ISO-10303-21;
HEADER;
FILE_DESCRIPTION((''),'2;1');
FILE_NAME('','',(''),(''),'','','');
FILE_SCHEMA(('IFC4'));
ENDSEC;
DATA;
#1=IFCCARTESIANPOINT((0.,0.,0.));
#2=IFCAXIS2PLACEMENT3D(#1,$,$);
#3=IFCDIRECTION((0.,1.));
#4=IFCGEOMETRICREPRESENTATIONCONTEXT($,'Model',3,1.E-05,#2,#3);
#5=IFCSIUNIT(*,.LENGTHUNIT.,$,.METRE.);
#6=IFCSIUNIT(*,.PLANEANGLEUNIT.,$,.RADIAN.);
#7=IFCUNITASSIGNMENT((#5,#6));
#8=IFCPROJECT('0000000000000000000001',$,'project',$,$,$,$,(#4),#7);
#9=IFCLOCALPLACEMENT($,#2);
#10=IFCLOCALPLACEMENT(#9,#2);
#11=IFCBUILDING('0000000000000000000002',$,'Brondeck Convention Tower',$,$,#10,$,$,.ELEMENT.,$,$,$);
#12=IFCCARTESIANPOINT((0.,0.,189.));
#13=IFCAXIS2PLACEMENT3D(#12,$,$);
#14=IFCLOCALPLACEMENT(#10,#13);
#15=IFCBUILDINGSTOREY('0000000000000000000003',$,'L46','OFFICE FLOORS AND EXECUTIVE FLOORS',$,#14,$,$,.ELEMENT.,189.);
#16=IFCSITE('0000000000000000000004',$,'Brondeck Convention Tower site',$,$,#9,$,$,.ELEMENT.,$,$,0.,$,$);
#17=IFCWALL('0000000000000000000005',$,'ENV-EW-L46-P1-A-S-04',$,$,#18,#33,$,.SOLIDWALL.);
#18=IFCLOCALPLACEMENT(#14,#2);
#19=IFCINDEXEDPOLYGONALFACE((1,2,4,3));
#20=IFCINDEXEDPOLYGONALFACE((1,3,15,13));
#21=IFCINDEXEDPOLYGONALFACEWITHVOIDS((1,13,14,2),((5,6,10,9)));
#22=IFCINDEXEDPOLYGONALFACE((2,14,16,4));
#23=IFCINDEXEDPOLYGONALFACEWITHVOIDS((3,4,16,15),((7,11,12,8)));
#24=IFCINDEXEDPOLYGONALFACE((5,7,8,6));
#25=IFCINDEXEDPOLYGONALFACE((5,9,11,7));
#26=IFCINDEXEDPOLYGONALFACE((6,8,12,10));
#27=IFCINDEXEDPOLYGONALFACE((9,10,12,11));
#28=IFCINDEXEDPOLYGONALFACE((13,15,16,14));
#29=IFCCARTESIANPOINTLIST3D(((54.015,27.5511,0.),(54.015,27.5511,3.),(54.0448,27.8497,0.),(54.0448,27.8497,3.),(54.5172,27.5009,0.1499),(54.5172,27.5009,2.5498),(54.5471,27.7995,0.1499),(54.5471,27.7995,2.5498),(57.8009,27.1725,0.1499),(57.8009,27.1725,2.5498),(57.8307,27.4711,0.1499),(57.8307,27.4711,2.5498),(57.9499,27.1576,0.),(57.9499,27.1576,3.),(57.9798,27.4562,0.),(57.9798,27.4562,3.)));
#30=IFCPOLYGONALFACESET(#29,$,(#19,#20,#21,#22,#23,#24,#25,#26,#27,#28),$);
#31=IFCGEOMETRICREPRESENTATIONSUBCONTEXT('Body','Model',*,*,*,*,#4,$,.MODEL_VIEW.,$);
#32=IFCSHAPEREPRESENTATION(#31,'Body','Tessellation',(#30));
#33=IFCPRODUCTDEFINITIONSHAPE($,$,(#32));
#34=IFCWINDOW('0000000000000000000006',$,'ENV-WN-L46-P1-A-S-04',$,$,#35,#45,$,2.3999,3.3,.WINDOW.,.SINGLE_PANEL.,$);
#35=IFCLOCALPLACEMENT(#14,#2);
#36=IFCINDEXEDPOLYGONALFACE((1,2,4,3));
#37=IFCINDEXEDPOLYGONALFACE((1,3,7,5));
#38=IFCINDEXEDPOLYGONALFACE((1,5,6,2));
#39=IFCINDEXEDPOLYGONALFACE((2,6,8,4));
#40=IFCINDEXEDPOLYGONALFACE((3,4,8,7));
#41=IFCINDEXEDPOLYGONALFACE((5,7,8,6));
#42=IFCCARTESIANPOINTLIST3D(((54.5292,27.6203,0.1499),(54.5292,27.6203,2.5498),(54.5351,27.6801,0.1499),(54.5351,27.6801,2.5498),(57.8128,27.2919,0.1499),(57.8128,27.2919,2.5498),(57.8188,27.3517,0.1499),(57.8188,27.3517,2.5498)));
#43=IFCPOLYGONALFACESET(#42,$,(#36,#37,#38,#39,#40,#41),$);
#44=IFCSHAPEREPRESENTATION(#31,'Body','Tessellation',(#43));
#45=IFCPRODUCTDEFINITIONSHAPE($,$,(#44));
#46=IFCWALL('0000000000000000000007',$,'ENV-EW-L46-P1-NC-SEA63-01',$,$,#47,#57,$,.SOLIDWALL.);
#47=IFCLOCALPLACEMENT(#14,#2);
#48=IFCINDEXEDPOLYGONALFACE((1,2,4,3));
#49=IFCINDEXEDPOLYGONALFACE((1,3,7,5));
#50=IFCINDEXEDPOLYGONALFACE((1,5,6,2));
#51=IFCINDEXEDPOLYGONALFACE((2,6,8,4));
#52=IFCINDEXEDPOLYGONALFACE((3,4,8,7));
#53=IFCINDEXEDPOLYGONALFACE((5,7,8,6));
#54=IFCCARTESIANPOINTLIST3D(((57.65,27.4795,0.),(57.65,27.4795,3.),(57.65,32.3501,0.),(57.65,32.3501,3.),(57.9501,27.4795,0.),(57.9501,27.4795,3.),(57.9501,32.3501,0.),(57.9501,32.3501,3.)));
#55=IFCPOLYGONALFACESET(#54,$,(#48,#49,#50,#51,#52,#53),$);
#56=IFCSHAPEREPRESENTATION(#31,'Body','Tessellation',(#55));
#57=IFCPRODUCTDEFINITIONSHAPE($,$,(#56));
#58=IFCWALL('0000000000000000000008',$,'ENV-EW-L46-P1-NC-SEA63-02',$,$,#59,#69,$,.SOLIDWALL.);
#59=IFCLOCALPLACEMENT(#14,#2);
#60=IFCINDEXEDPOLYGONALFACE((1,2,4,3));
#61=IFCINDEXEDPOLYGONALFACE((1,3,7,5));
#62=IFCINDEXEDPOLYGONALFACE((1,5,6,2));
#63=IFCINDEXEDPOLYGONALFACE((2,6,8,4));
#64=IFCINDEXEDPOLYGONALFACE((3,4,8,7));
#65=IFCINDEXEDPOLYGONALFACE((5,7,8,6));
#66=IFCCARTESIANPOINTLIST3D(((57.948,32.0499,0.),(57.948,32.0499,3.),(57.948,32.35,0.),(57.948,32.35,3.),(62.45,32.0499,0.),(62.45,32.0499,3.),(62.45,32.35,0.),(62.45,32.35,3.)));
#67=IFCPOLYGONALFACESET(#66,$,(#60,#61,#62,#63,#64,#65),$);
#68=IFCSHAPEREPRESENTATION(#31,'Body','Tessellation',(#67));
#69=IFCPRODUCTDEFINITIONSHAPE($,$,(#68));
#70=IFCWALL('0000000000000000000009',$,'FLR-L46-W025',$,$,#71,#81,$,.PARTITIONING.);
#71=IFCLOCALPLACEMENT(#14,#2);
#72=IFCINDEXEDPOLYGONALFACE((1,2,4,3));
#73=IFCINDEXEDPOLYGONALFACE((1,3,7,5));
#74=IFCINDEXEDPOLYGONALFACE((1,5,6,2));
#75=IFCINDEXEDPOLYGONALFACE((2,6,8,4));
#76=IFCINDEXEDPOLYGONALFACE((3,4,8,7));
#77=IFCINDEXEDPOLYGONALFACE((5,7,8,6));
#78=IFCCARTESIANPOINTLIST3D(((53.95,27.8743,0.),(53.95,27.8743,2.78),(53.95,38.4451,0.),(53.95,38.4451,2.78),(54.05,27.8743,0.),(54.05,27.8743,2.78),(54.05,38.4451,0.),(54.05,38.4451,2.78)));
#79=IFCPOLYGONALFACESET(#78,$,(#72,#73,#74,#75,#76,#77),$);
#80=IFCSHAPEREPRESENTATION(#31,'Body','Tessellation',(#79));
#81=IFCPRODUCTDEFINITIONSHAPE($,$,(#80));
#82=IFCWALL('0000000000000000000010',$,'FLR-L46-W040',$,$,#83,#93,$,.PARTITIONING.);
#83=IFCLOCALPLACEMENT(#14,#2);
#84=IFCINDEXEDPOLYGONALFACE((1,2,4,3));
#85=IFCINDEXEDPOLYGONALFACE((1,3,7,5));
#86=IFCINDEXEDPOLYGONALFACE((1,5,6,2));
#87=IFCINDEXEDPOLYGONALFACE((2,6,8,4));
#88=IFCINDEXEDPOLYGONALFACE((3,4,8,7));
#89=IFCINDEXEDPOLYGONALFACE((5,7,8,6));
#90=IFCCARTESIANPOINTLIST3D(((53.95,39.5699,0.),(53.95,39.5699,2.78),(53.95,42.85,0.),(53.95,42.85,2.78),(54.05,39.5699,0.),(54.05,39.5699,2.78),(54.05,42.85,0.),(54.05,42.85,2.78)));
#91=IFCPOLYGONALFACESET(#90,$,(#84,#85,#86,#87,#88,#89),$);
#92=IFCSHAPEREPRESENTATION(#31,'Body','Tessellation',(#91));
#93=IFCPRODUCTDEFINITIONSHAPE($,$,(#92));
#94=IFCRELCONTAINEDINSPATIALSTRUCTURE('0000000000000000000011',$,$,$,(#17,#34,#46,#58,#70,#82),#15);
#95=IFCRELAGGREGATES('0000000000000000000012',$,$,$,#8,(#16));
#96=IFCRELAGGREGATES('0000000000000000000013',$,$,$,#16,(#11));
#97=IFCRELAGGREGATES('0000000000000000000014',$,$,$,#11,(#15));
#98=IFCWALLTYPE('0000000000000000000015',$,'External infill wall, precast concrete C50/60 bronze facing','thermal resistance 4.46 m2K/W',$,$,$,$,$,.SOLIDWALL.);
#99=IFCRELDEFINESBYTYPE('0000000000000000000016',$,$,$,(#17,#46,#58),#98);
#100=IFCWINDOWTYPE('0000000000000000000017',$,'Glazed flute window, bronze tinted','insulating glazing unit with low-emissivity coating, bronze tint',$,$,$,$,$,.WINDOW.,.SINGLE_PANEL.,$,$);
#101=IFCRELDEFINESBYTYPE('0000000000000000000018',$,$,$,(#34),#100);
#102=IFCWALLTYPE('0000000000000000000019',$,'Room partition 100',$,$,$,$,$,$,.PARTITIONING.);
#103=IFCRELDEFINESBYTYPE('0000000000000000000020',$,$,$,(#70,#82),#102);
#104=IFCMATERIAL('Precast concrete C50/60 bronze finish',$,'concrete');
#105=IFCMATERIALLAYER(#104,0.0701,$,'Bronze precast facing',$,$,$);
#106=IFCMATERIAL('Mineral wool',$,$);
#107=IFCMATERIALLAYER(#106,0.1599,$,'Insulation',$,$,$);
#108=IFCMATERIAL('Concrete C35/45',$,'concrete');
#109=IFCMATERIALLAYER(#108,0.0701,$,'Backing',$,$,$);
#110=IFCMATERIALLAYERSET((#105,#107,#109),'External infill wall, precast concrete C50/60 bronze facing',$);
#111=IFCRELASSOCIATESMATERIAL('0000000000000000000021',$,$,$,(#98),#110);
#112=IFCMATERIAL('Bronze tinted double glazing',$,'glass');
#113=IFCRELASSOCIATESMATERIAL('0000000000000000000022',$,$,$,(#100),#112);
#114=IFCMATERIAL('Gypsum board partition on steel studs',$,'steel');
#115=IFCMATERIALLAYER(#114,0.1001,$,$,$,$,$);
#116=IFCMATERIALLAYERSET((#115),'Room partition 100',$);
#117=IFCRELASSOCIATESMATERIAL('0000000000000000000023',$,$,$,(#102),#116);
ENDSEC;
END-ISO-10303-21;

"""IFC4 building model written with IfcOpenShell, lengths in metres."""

from ifc_helpers import new_model, si_unit, direction, frame, frame_2d, origin, place, context, subcontext, project, spatial, rectangle, extrude, material, layer, layer_set, type_object, element, fill, save


model = new_model("IFC4")

# Units and contexts
model_context = context("Model", 3, precision=1e-05, world=origin(), true_north=direction((0.0, 1.0)))
body_context = subcontext(model_context, "Body", "Model", "MODEL_VIEW")
ifc_project = project(units=[si_unit("LENGTHUNIT", "METRE"), si_unit("PLANEANGLEUNIT", "RADIAN")], contexts=[model_context])

# Site, building, storey
site_placement = place(None, origin())
site = spatial("IfcSite", under=ifc_project, at=site_placement, Name="Brondeck Convention Tower site", CompositionType="ELEMENT", RefElevation=0.0)
building_placement = place(site_placement, origin())
building = spatial("IfcBuilding", under=site, at=building_placement, Name="Brondeck Convention Tower", CompositionType="ELEMENT")
storey_placement = place(building_placement, frame((0.0, 0.0, 189.0)))
storey = spatial("IfcBuildingStorey", under=building, at=storey_placement, Name="L46", Description="OFFICE FLOORS AND EXECUTIVE FLOORS", CompositionType="ELEMENT", Elevation=189.0)

# Shared definitions
ifc_material_1 = material(Name="Precast concrete C50/60 bronze finish", Category="concrete")
ifc_layer_1 = layer(ifc_material_1, 0.0701, Name="Bronze precast facing")
ifc_material_2 = material(Name="Mineral wool")
ifc_layer_2 = layer(ifc_material_2, 0.1599, Name="Insulation")
ifc_material_3 = material(Name="Concrete C35/45", Category="concrete")
ifc_layer_3 = layer(ifc_material_3, 0.0701, Name="Backing")
ifc_layer_set_1 = layer_set([ifc_layer_1, ifc_layer_2, ifc_layer_3], Name="External infill wall, precast concrete C50/60 bronze facing")
wall_type_1 = type_object("IfcWallType", Name="External infill wall, precast concrete C50/60 bronze facing", Description="thermal resistance 4.46 m2K/W", PredefinedType="SOLIDWALL", material=ifc_layer_set_1)
ifc_material_4 = material(Name="Bronze tinted double glazing", Category="glass")
window_type_1 = type_object("IfcWindowType", Name="Glazed flute window, bronze tinted", Description="insulating glazing unit with low-emissivity coating, bronze tint", PartitioningType="SINGLE_PANEL", PredefinedType="WINDOW", material=ifc_material_4)

# Wall, opening, window
wall_1_placement = place(storey_placement, frame((57.9648, 27.3069, 0.0), z_axis=(0.0, 0.0, 1.0), x_axis=(-0.995036, 0.099516, 0.0)))
wall_1 = element("IfcWall", 1, at=wall_1_placement, inside=storey, type_object=wall_type_1, Name="ENV-EW-L46-P1-A-S-04", PredefinedType="SOLIDWALL", context=body_context, shape_type="SweptSolid", body=[
    extrude(rectangle(XDim=3.9546, YDim=0.3, at=frame_2d((1.9773, 0.0))), origin(), (0.0, 0.0, 1.0), 3.0),
])
opening_1_placement = place(wall_1_placement, frame((0.1499, 0.0, 0.1499)))
opening_1 = element("IfcOpeningElement", 2, at=opening_1_placement, cuts=wall_1, PredefinedType="OPENING", context=body_context, shape_type="SweptSolid", body=[
    extrude(rectangle(XDim=3.3, YDim=2.3999, at=frame_2d((1.6499, 1.2))), frame((0.0, 0.1599, 0.0), z_axis=(0.0, -1.0, 0.0), x_axis=(1.0, 0.0, 0.0)), (0.0, 0.0, 1.0), 0.3201),
])
window_1_placement = place(opening_1_placement, origin())
window_1 = element("IfcWindow", 3, at=window_1_placement, inside=storey, type_object=window_type_1, Name="ENV-WN-L46-P1-A-S-04", OverallHeight=2.3999, OverallWidth=3.3, PartitioningType="SINGLE_PANEL", PredefinedType="WINDOW", context=body_context, shape_type="SweptSolid", body=[
    extrude(rectangle(XDim=3.3, YDim=2.3999, at=frame_2d((1.6499, 1.2))), frame((0.0, 0.03, 0.0), z_axis=(0.0, -1.0, 0.0), x_axis=(1.0, 0.0, 0.0)), (0.0, 0.0, 1.0), 0.0601),
])
fill(opening_1, window_1)

# Walls
wall_2_placement = place(storey_placement, frame((57.8, 32.3501, 0.0), z_axis=(0.0, 0.0, 1.0), x_axis=(0.0, -1.0, 0.0)))
element("IfcWall", 4, at=wall_2_placement, inside=storey, type_object=wall_type_1, Name="ENV-EW-L46-P1-NC-SEA63-01", PredefinedType="SOLIDWALL", context=body_context, shape_type="SweptSolid", body=[
    extrude(rectangle(XDim=4.8706, YDim=0.3, at=frame_2d((2.4353, 0.0))), origin(), (0.0, 0.0, 1.0), 3.0),
])
wall_3_placement = place(storey_placement, frame((62.45, 32.2, 0.0), z_axis=(0.0, 0.0, 1.0), x_axis=(-1.0, 0.0, 0.0)))
element("IfcWall", 5, at=wall_3_placement, inside=storey, type_object=wall_type_1, Name="ENV-EW-L46-P1-NC-SEA63-02", PredefinedType="SOLIDWALL", context=body_context, shape_type="SweptSolid", body=[
    extrude(rectangle(XDim=4.502, YDim=0.3, at=frame_2d((2.251, 0.0))), origin(), (0.0, 0.0, 1.0), 3.0),
])
ifc_material_5 = material(Name="Gypsum board partition on steel studs", Category="steel")
ifc_layer_4 = layer(ifc_material_5, 0.1001)
ifc_layer_set_2 = layer_set([ifc_layer_4], Name="Room partition 100")
wall_type_2 = type_object("IfcWallType", Name="Room partition 100", PredefinedType="PARTITIONING", material=ifc_layer_set_2)
wall_4_placement = place(storey_placement, frame((54.0, 27.8743, 0.0), z_axis=(0.0, 0.0, 1.0), x_axis=(0.0, 1.0, 0.0)))
element("IfcWall", 6, at=wall_4_placement, inside=storey, type_object=wall_type_2, Name="FLR-L46-W025", PredefinedType="PARTITIONING", context=body_context, shape_type="SweptSolid", body=[
    extrude(rectangle(XDim=10.5708, YDim=0.1001, at=frame_2d((5.2854, 0.0))), origin(), (0.0, 0.0, 1.0), 2.78),
])
wall_5_placement = place(storey_placement, frame((54.0, 42.8501, 0.0), z_axis=(0.0, 0.0, 1.0), x_axis=(0.0, -1.0, 0.0)))
element("IfcWall", 7, at=wall_5_placement, inside=storey, type_object=wall_type_2, Name="FLR-L46-W040", PredefinedType="PARTITIONING", context=body_context, shape_type="SweptSolid", body=[
    extrude(rectangle(XDim=3.28, YDim=0.1001, at=frame_2d((1.6401, 0.0))), origin(), (0.0, 0.0, 1.0), 2.78),
])

save(model, "model.ifc")
